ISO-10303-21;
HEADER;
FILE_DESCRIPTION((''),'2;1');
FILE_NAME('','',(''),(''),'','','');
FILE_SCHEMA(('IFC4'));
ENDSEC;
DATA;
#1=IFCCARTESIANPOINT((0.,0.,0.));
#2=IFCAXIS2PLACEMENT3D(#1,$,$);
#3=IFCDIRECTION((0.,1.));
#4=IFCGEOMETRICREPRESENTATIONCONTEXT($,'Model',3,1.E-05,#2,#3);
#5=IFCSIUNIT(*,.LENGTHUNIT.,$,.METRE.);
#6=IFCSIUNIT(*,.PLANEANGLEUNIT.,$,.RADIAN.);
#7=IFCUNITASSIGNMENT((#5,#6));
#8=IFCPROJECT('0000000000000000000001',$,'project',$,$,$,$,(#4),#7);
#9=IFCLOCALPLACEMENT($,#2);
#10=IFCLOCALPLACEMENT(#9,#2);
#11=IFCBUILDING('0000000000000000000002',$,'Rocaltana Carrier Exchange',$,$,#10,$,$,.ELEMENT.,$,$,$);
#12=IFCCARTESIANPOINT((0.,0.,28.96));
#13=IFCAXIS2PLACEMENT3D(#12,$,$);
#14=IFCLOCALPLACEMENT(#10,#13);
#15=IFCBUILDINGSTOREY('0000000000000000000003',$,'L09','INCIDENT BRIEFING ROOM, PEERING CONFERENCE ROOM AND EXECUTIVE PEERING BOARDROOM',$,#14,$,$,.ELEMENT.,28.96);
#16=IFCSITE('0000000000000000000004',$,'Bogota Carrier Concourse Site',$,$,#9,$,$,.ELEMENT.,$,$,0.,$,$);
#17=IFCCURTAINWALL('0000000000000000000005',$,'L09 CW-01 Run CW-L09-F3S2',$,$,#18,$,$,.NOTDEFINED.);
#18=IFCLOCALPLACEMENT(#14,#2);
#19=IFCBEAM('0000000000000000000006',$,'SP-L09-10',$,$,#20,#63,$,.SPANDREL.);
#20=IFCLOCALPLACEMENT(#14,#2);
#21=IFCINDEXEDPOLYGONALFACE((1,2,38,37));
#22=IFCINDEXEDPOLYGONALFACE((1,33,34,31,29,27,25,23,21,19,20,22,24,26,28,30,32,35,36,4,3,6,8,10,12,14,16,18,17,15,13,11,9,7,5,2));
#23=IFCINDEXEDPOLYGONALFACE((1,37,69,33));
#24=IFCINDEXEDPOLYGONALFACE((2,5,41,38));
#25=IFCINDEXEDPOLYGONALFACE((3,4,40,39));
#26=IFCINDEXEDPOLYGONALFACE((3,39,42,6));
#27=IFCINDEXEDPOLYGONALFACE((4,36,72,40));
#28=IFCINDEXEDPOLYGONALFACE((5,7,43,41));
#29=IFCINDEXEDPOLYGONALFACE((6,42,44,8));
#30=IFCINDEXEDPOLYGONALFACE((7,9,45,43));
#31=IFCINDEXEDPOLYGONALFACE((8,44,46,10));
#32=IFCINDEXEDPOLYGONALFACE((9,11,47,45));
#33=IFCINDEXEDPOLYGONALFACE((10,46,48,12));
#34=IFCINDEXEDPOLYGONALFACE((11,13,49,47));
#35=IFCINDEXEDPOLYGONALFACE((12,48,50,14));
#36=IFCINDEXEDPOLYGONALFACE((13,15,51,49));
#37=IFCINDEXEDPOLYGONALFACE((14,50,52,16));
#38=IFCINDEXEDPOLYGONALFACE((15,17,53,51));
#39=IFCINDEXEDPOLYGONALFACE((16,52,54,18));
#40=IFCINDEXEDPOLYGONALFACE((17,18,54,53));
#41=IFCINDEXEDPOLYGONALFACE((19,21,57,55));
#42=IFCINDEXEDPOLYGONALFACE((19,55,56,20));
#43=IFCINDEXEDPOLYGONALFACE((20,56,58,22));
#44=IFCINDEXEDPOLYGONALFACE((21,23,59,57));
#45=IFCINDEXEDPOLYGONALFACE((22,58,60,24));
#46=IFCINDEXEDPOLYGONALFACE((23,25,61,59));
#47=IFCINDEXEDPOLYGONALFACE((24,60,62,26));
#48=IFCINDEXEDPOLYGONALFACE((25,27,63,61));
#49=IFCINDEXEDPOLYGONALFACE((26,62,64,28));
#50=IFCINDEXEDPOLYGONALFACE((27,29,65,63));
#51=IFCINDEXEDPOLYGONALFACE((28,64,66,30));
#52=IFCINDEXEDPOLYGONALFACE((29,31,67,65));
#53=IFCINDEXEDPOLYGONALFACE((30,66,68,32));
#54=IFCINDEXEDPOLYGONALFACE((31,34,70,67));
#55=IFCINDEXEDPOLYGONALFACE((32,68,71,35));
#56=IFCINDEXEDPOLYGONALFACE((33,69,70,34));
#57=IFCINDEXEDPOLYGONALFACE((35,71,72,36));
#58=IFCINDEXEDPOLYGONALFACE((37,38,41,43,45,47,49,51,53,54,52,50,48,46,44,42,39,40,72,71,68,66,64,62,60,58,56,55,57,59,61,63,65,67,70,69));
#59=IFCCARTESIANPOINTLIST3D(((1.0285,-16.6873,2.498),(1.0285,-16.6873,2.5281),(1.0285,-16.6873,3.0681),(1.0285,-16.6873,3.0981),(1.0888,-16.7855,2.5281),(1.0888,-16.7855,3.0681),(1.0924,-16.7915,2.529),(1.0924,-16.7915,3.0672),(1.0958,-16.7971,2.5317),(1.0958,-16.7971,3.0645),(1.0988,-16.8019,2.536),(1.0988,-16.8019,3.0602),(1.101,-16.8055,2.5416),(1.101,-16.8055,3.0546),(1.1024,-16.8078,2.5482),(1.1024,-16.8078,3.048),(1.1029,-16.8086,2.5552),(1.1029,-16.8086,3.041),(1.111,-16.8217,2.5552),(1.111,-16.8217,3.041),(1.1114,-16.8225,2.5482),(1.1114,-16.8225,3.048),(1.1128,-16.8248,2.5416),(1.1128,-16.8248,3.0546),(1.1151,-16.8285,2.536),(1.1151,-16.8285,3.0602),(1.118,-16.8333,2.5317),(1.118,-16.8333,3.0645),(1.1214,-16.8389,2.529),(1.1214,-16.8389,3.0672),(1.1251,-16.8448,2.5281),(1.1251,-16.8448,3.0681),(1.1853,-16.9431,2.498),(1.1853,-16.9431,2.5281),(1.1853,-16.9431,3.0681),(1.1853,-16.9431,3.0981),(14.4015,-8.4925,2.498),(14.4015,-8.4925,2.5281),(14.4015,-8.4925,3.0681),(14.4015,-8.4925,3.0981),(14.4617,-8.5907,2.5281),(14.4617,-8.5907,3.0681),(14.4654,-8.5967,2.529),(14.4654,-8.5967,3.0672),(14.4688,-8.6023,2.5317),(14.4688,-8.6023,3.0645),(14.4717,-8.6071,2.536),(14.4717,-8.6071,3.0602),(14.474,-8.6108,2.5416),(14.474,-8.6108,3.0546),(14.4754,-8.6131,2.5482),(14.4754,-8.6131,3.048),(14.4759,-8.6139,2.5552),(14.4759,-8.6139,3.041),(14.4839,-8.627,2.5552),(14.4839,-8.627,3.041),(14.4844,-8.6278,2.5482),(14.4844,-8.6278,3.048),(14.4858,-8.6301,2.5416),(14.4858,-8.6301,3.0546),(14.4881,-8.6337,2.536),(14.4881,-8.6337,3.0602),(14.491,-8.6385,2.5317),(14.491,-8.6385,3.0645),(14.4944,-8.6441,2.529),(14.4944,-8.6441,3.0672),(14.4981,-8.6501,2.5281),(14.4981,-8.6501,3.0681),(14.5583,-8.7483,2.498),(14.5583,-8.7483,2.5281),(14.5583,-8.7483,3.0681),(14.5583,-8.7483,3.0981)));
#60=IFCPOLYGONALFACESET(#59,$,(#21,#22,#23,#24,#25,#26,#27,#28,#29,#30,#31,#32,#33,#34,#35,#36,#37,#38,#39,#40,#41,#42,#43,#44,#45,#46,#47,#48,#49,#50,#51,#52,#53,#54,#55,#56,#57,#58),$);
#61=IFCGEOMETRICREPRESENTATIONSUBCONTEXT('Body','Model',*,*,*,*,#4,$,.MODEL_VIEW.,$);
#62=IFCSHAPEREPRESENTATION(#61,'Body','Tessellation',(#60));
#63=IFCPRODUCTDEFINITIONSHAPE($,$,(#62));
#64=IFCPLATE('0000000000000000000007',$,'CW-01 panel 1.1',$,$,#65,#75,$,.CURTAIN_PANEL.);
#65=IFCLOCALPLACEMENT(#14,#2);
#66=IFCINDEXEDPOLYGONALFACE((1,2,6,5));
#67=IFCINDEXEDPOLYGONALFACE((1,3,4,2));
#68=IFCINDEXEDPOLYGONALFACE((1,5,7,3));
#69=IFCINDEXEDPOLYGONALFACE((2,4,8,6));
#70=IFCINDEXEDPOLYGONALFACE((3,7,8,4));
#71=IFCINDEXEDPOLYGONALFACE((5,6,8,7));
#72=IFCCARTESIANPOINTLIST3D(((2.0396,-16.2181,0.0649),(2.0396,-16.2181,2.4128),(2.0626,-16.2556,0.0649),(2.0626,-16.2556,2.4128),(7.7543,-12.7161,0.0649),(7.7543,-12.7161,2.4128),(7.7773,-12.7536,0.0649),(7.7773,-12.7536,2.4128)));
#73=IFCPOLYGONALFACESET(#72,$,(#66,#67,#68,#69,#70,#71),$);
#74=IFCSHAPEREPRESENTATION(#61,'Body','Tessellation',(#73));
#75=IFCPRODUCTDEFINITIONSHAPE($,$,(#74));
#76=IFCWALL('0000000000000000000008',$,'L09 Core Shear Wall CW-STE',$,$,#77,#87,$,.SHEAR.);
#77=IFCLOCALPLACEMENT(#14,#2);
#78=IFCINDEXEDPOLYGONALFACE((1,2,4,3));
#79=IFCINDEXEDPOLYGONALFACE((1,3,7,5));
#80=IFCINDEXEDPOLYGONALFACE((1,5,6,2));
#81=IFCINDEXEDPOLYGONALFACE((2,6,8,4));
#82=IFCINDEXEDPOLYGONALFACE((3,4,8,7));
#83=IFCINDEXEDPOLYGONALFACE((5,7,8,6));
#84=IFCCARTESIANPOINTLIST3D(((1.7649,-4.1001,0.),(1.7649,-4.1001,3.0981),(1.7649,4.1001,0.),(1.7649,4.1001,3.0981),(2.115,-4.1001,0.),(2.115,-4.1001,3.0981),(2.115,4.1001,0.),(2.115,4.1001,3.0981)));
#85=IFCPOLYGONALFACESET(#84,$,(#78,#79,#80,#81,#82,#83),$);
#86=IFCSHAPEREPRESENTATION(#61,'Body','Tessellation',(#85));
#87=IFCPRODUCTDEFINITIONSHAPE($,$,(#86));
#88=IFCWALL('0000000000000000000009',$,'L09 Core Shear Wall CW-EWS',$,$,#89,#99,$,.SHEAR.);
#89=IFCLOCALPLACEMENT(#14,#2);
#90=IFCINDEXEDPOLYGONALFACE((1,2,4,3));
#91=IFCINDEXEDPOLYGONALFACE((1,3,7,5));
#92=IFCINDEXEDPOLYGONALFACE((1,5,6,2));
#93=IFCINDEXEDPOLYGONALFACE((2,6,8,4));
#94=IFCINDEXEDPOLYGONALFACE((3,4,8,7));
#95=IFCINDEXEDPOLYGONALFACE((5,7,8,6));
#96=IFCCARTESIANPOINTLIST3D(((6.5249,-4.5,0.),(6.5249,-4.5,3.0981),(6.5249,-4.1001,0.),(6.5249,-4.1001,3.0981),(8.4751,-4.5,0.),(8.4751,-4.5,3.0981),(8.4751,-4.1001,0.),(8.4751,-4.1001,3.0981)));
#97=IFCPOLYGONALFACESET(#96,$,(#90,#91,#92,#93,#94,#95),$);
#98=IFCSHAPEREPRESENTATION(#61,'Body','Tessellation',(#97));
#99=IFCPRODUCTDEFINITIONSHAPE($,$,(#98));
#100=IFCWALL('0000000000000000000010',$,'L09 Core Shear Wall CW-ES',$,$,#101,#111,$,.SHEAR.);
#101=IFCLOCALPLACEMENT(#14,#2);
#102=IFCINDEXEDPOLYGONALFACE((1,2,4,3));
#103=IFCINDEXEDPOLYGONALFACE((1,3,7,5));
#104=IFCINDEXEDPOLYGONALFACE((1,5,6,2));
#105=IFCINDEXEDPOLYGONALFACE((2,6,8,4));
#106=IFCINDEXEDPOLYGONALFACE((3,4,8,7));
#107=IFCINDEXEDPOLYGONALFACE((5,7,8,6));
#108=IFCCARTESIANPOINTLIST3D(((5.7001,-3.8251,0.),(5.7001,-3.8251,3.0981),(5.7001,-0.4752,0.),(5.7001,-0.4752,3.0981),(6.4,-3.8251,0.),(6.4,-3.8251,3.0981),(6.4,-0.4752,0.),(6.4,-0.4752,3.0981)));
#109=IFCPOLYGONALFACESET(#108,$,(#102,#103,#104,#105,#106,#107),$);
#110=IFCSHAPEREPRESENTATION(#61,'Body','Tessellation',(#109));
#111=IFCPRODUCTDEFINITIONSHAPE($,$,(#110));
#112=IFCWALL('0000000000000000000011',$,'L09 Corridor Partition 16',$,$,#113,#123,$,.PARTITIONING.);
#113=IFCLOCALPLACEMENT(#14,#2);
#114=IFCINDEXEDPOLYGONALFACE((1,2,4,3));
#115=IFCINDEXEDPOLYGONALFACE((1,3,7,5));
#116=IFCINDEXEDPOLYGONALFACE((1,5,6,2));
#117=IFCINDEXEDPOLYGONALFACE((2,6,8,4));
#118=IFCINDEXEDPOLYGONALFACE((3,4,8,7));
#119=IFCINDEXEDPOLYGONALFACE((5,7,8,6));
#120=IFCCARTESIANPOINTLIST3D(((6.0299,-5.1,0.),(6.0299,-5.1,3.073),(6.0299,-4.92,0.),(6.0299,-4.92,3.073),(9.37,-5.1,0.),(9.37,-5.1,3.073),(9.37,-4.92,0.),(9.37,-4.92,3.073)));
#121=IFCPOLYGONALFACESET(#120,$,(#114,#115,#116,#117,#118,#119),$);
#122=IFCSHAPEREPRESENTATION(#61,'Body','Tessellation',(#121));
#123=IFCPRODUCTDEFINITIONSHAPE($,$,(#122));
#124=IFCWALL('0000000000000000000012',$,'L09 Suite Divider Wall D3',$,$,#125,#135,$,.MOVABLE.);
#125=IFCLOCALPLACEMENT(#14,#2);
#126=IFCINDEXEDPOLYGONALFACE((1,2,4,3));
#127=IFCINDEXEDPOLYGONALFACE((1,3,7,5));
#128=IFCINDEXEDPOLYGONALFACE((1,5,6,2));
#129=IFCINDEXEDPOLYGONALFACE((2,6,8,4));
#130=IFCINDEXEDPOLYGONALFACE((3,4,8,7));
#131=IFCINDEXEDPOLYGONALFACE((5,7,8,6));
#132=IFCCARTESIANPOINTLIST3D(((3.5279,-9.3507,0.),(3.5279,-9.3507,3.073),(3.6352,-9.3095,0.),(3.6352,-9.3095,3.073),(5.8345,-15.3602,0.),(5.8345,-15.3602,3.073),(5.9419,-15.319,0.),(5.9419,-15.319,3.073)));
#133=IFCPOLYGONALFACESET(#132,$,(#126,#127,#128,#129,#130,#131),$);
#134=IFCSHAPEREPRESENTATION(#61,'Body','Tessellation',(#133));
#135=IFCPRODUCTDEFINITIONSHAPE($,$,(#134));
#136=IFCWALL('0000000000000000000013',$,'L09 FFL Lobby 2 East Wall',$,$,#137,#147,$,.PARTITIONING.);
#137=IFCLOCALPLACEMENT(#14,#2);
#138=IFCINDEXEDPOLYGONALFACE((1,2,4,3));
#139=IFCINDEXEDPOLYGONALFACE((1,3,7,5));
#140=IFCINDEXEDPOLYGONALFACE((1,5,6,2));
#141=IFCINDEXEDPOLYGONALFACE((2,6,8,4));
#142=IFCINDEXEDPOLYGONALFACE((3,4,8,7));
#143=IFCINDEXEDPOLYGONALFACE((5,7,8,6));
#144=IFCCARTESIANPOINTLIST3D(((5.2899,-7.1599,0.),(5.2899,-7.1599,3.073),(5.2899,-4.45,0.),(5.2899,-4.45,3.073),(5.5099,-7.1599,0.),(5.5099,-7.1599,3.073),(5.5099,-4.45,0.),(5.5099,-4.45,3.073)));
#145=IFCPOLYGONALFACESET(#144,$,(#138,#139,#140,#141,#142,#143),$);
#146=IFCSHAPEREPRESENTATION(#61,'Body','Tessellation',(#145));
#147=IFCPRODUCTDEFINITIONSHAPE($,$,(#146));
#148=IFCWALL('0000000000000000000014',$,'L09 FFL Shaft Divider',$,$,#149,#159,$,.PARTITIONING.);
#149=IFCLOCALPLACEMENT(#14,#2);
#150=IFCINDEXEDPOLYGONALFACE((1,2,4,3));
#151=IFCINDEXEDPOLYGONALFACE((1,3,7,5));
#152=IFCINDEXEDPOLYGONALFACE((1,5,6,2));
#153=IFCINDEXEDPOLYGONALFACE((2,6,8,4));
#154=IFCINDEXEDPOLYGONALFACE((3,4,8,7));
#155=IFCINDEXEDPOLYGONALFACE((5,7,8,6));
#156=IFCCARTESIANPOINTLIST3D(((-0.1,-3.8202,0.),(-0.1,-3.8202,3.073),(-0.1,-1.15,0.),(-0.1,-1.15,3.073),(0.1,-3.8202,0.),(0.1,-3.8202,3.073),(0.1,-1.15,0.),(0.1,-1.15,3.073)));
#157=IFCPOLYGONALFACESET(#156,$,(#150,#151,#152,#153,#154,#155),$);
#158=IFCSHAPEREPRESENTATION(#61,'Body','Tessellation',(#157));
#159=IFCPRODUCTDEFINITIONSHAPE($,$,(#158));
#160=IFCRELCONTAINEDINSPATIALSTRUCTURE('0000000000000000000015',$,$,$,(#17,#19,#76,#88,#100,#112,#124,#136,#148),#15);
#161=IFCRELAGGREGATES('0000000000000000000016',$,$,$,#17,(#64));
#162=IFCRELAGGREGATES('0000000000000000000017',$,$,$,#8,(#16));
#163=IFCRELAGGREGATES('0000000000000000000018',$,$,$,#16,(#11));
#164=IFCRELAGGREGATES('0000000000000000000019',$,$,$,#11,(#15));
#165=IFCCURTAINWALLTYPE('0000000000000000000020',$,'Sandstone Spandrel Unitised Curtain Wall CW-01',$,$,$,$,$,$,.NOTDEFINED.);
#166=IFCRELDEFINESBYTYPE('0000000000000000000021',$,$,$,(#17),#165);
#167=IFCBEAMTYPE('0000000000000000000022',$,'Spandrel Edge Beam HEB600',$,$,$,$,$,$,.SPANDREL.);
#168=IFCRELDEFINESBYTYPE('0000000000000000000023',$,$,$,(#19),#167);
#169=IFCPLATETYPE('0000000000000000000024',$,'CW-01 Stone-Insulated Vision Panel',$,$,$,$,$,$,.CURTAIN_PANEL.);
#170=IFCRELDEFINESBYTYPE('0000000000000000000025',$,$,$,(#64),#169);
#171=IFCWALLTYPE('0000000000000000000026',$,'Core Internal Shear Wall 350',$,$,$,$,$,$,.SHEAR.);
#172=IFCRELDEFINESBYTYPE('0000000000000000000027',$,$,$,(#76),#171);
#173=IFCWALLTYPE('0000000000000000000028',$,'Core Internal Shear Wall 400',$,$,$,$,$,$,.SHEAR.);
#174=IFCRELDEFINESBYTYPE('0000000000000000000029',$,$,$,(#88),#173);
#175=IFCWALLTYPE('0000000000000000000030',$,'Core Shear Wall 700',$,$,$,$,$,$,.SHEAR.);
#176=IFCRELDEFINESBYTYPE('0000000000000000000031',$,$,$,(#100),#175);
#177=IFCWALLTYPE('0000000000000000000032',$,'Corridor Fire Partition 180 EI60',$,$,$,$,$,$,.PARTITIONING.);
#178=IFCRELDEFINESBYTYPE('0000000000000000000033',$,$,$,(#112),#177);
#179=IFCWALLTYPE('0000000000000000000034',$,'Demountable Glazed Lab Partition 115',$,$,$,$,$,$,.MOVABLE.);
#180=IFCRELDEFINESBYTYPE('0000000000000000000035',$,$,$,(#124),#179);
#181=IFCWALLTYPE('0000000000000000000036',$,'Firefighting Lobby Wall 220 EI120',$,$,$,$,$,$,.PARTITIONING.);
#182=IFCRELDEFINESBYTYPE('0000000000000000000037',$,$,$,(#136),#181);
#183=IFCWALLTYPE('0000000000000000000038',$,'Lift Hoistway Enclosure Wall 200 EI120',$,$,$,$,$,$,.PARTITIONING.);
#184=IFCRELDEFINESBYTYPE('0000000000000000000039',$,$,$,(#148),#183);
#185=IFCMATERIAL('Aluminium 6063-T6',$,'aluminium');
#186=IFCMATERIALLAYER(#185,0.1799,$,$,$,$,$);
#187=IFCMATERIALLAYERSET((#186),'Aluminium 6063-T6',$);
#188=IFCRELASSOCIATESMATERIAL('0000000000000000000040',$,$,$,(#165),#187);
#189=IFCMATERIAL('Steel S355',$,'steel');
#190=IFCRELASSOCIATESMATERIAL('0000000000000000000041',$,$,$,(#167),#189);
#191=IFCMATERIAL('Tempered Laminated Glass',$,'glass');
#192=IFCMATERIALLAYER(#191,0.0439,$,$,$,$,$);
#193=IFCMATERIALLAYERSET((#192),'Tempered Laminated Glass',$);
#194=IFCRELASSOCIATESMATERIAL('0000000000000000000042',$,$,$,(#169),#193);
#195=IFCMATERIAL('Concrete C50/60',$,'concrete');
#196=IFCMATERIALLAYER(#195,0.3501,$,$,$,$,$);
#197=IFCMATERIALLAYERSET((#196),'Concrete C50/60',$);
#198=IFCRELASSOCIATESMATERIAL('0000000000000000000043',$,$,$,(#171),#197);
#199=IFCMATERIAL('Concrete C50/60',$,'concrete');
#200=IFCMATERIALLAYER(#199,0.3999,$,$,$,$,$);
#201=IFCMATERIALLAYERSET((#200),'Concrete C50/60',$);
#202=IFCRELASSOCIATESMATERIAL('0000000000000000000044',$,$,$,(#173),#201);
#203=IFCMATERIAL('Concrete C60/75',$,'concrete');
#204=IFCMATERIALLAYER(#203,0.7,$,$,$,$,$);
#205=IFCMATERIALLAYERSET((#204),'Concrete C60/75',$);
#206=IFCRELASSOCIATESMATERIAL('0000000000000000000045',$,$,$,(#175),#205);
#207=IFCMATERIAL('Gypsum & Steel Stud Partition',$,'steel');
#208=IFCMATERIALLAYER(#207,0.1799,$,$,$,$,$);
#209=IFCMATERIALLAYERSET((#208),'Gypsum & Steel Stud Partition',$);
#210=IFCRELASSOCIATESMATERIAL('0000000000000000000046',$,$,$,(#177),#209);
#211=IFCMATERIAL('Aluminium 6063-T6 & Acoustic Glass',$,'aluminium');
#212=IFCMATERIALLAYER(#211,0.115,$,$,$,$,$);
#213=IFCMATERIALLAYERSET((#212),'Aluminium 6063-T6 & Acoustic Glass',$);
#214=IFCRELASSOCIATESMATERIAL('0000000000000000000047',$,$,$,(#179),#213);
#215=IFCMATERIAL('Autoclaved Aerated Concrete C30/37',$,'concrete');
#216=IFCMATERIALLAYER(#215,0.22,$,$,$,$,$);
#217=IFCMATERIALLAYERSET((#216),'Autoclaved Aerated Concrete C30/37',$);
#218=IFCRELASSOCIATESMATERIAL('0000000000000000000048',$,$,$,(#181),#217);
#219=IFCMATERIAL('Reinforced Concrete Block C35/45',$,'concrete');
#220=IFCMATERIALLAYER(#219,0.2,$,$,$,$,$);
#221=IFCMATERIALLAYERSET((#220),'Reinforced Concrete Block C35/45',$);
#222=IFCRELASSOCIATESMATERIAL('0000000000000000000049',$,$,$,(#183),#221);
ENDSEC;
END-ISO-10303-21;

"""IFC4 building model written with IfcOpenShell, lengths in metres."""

from ifc_helpers import new_model, si_unit, direction, frame, frame_2d, origin, origin_2d, place, context, subcontext, project, spatial, rectangle, i_section, extrude, material, layer, layer_set, material_profile, profile_set, type_object, element, aggregate, save


model = new_model("IFC4")

# Units and contexts
model_context = context("Model", 3, precision=1e-05, world=origin(), true_north=direction((0.0, 1.0)))
body_context = subcontext(model_context, "Body", "Model", "MODEL_VIEW")
ifc_project = project(units=[si_unit("LENGTHUNIT", "METRE"), si_unit("PLANEANGLEUNIT", "RADIAN")], contexts=[model_context])

# Site, building, storey
site_placement = place(None, origin())
site = spatial("IfcSite", under=ifc_project, at=site_placement, Name="Bogota Carrier Concourse Site", CompositionType="ELEMENT", RefElevation=0.0)
building_placement = place(site_placement, origin())
building = spatial("IfcBuilding", under=site, at=building_placement, Name="Rocaltana Carrier Exchange", CompositionType="ELEMENT")
storey_placement = place(building_placement, frame((0.0, 0.0, 28.96)))
storey = spatial("IfcBuildingStorey", under=building, at=storey_placement, Name="L09", Description="INCIDENT BRIEFING ROOM, PEERING CONFERENCE ROOM AND EXECUTIVE PEERING BOARDROOM", CompositionType="ELEMENT", Elevation=28.96)

# Curtain wall
ifc_material_1 = material(Name="Aluminium 6063-T6", Category="aluminium")
ifc_layer_1 = layer(ifc_material_1, 0.1799)
ifc_layer_set_1 = layer_set([ifc_layer_1], Name="Aluminium 6063-T6")
curtain_wall_type = type_object("IfcCurtainWallType", Name="Sandstone Spandrel Unitised Curtain Wall CW-01", PredefinedType="NOTDEFINED", material=ifc_layer_set_1)
curtain_wall_placement = place(storey_placement, origin())
curtain_wall = element("IfcCurtainWall", 1, at=curtain_wall_placement, inside=storey, type_object=curtain_wall_type, Name="L09 CW-01 Run CW-L09-F3S2", PredefinedType="NOTDEFINED")

# Beam
ifc_material_2 = material(Name="Steel S355", Category="steel")
ifc_material_profile_1 = material_profile(ifc_material_2, i_section(OverallWidth=0.3, OverallDepth=0.6001, WebThickness=0.0154, FlangeThickness=0.03, FilletRadius=0.0271, at=origin_2d()), Name="HEB600")
ifc_profile_set_1 = profile_set([ifc_material_profile_1], Name="Steel S355")
beam_type_1 = type_object("IfcBeamType", Name="Spandrel Edge Beam HEB600", PredefinedType="SPANDREL", material=ifc_profile_set_1)
beam_1_placement = place(storey_placement, frame((1.1069, -16.8152, 2.7981), z_axis=(0.852646, 0.52249, 0.0), x_axis=(-0.52249, 0.852646, 0.0)))
element("IfcBeam", 2, at=beam_1_placement, inside=storey, type_object=beam_type_1, Name="SP-L09-10", PredefinedType="SPANDREL", context=body_context, shape_type="SweptSolid", body=[
    extrude(i_section(OverallWidth=0.3, OverallDepth=0.6001, WebThickness=0.0154, FlangeThickness=0.03, FilletRadius=0.0271, at=origin_2d()), origin(), (0.0, 0.0, 1.0), 15.6841),
])

# Plate
ifc_material_3 = material(Name="Tempered Laminated Glass", Category="glass")
ifc_layer_2 = layer(ifc_material_3, 0.0439)
ifc_layer_set_2 = layer_set([ifc_layer_2], Name="Tempered Laminated Glass")
plate_type = type_object("IfcPlateType", Name="CW-01 Stone-Insulated Vision Panel", PredefinedType="CURTAIN_PANEL", material=ifc_layer_set_2)
plate_placement = place(storey_placement, frame((4.9084, -14.4858, 0.0649), z_axis=(0.0, 0.0, 1.0), x_axis=(0.852639, 0.5225, 0.0)))
plate = element("IfcPlate", 3, at=plate_placement, type_object=plate_type, Name="CW-01 panel 1.1", PredefinedType="CURTAIN_PANEL", context=body_context, shape_type="SweptSolid", body=[
    extrude(rectangle(XDim=6.7024, YDim=0.0439, at=origin_2d()), origin(), (0.0, 0.0, 1.0), 2.3479),
])
aggregate(curtain_wall, [plate])

# Walls
ifc_material_4 = material(Name="Concrete C50/60", Category="concrete")
ifc_layer_3 = layer(ifc_material_4, 0.3501)
ifc_layer_set_3 = layer_set([ifc_layer_3], Name="Concrete C50/60")
wall_type_1 = type_object("IfcWallType", Name="Core Internal Shear Wall 350", PredefinedType="SHEAR", material=ifc_layer_set_3)
wall_1_placement = place(storey_placement, frame((1.9399, -4.1001, 0.0), z_axis=(0.0, 0.0, 1.0), x_axis=(0.0, 1.0, 0.0)))
element("IfcWall", 4, at=wall_1_placement, inside=storey, type_object=wall_type_1, Name="L09 Core Shear Wall CW-STE", PredefinedType="SHEAR", context=body_context, shape_type="SweptSolid", body=[
    extrude(rectangle(XDim=8.2002, YDim=0.3501, at=frame_2d((4.1001, 0.0))), origin(), (0.0, 0.0, 1.0), 3.0981),
])
ifc_material_5 = material(Name="Concrete C50/60", Category="concrete")
ifc_layer_4 = layer(ifc_material_5, 0.3999)
ifc_layer_set_4 = layer_set([ifc_layer_4], Name="Concrete C50/60")
wall_type_2 = type_object("IfcWallType", Name="Core Internal Shear Wall 400", PredefinedType="SHEAR", material=ifc_layer_set_4)
wall_2_placement = place(storey_placement, frame((6.5249, -4.3, 0.0), z_axis=(0.0, 0.0, 1.0), x_axis=(1.0, 0.0, 0.0)))
element("IfcWall", 5, at=wall_2_placement, inside=storey, type_object=wall_type_2, Name="L09 Core Shear Wall CW-EWS", PredefinedType="SHEAR", context=body_context, shape_type="SweptSolid", body=[
    extrude(rectangle(XDim=1.9502, YDim=0.3999, at=frame_2d((0.9751, 0.0))), origin(), (0.0, 0.0, 1.0), 3.0981),
])
ifc_material_6 = material(Name="Concrete C60/75", Category="concrete")
ifc_layer_5 = layer(ifc_material_6, 0.7)
ifc_layer_set_5 = layer_set([ifc_layer_5], Name="Concrete C60/75")
wall_type_3 = type_object("IfcWallType", Name="Core Shear Wall 700", PredefinedType="SHEAR", material=ifc_layer_set_5)
wall_3_placement = place(storey_placement, frame((6.05, -3.825, 0.0), z_axis=(0.0, 0.0, 1.0), x_axis=(0.0, 1.0, 0.0)))
element("IfcWall", 6, at=wall_3_placement, inside=storey, type_object=wall_type_3, Name="L09 Core Shear Wall CW-ES", PredefinedType="SHEAR", context=body_context, shape_type="SweptSolid", body=[
    extrude(rectangle(XDim=3.3499, YDim=0.7, at=frame_2d((1.6748, 0.0))), origin(), (0.0, 0.0, 1.0), 3.0981),
])
ifc_material_7 = material(Name="Gypsum & Steel Stud Partition", Category="steel")
ifc_layer_6 = layer(ifc_material_7, 0.1799)
ifc_layer_set_6 = layer_set([ifc_layer_6], Name="Gypsum & Steel Stud Partition")
wall_type_4 = type_object("IfcWallType", Name="Corridor Fire Partition 180 EI60", PredefinedType="PARTITIONING", material=ifc_layer_set_6)
wall_4_placement = place(storey_placement, frame((6.03, -5.01, 0.0), z_axis=(0.0, 0.0, 1.0), x_axis=(1.0, 0.0, 0.0)))
element("IfcWall", 7, at=wall_4_placement, inside=storey, type_object=wall_type_4, Name="L09 Corridor Partition 16", PredefinedType="PARTITIONING", context=body_context, shape_type="SweptSolid", body=[
    extrude(rectangle(XDim=3.3401, YDim=0.1799, at=frame_2d((1.6699, 0.0))), origin(), (0.0, 0.0, 1.0), 3.073),
])
ifc_material_8 = material(Name="Aluminium 6063-T6 & Acoustic Glass", Category="aluminium")
ifc_layer_7 = layer(ifc_material_8, 0.115)
ifc_layer_set_7 = layer_set([ifc_layer_7], Name="Aluminium 6063-T6 & Acoustic Glass")
wall_type_5 = type_object("IfcWallType", Name="Demountable Glazed Lab Partition 115", PredefinedType="MOVABLE", material=ifc_layer_set_7)
wall_5_placement = place(storey_placement, frame((3.5815, -9.3301, 0.0), z_axis=(0.0, 0.0, 1.0), x_axis=(0.358341, -0.933591, 0.0)))
element("IfcWall", 8, at=wall_5_placement, inside=storey, type_object=wall_type_5, Name="L09 Suite Divider Wall D3", PredefinedType="MOVABLE", context=body_context, shape_type="SweptSolid", body=[
    extrude(rectangle(XDim=6.437, YDim=0.115, at=frame_2d((3.2185, 0.0))), origin(), (0.0, 0.0, 1.0), 3.073),
])
ifc_material_9 = material(Name="Autoclaved Aerated Concrete C30/37", Category="concrete")
ifc_layer_8 = layer(ifc_material_9, 0.22)
ifc_layer_set_8 = layer_set([ifc_layer_8], Name="Autoclaved Aerated Concrete C30/37")
wall_type_6 = type_object("IfcWallType", Name="Firefighting Lobby Wall 220 EI120", PredefinedType="PARTITIONING", material=ifc_layer_set_8)
wall_6_placement = place(storey_placement, frame((5.3999, -7.1599, 0.0), z_axis=(0.0, 0.0, 1.0), x_axis=(0.0, 1.0, 0.0)))
element("IfcWall", 9, at=wall_6_placement, inside=storey, type_object=wall_type_6, Name="L09 FFL Lobby 2 East Wall", PredefinedType="PARTITIONING", context=body_context, shape_type="SweptSolid", body=[
    extrude(rectangle(XDim=2.71, YDim=0.22, at=frame_2d((1.355, 0.0))), origin(), (0.0, 0.0, 1.0), 3.073),
])
ifc_material_10 = material(Name="Reinforced Concrete Block C35/45", Category="concrete")
ifc_layer_9 = layer(ifc_material_10, 0.2)
ifc_layer_set_9 = layer_set([ifc_layer_9], Name="Reinforced Concrete Block C35/45")
wall_type_7 = type_object("IfcWallType", Name="Lift Hoistway Enclosure Wall 200 EI120", PredefinedType="PARTITIONING", material=ifc_layer_set_9)
wall_7_placement = place(storey_placement, frame((0.0, -3.8201, 0.0), z_axis=(0.0, 0.0, 1.0), x_axis=(0.0, 1.0, 0.0)))
element("IfcWall", 10, at=wall_7_placement, inside=storey, type_object=wall_type_7, Name="L09 FFL Shaft Divider", PredefinedType="PARTITIONING", context=body_context, shape_type="SweptSolid", body=[
    extrude(rectangle(XDim=2.6702, YDim=0.2, at=frame_2d((1.335, 0.0))), origin(), (0.0, 0.0, 1.0), 3.073),
])

save(model, "model.ifc")
